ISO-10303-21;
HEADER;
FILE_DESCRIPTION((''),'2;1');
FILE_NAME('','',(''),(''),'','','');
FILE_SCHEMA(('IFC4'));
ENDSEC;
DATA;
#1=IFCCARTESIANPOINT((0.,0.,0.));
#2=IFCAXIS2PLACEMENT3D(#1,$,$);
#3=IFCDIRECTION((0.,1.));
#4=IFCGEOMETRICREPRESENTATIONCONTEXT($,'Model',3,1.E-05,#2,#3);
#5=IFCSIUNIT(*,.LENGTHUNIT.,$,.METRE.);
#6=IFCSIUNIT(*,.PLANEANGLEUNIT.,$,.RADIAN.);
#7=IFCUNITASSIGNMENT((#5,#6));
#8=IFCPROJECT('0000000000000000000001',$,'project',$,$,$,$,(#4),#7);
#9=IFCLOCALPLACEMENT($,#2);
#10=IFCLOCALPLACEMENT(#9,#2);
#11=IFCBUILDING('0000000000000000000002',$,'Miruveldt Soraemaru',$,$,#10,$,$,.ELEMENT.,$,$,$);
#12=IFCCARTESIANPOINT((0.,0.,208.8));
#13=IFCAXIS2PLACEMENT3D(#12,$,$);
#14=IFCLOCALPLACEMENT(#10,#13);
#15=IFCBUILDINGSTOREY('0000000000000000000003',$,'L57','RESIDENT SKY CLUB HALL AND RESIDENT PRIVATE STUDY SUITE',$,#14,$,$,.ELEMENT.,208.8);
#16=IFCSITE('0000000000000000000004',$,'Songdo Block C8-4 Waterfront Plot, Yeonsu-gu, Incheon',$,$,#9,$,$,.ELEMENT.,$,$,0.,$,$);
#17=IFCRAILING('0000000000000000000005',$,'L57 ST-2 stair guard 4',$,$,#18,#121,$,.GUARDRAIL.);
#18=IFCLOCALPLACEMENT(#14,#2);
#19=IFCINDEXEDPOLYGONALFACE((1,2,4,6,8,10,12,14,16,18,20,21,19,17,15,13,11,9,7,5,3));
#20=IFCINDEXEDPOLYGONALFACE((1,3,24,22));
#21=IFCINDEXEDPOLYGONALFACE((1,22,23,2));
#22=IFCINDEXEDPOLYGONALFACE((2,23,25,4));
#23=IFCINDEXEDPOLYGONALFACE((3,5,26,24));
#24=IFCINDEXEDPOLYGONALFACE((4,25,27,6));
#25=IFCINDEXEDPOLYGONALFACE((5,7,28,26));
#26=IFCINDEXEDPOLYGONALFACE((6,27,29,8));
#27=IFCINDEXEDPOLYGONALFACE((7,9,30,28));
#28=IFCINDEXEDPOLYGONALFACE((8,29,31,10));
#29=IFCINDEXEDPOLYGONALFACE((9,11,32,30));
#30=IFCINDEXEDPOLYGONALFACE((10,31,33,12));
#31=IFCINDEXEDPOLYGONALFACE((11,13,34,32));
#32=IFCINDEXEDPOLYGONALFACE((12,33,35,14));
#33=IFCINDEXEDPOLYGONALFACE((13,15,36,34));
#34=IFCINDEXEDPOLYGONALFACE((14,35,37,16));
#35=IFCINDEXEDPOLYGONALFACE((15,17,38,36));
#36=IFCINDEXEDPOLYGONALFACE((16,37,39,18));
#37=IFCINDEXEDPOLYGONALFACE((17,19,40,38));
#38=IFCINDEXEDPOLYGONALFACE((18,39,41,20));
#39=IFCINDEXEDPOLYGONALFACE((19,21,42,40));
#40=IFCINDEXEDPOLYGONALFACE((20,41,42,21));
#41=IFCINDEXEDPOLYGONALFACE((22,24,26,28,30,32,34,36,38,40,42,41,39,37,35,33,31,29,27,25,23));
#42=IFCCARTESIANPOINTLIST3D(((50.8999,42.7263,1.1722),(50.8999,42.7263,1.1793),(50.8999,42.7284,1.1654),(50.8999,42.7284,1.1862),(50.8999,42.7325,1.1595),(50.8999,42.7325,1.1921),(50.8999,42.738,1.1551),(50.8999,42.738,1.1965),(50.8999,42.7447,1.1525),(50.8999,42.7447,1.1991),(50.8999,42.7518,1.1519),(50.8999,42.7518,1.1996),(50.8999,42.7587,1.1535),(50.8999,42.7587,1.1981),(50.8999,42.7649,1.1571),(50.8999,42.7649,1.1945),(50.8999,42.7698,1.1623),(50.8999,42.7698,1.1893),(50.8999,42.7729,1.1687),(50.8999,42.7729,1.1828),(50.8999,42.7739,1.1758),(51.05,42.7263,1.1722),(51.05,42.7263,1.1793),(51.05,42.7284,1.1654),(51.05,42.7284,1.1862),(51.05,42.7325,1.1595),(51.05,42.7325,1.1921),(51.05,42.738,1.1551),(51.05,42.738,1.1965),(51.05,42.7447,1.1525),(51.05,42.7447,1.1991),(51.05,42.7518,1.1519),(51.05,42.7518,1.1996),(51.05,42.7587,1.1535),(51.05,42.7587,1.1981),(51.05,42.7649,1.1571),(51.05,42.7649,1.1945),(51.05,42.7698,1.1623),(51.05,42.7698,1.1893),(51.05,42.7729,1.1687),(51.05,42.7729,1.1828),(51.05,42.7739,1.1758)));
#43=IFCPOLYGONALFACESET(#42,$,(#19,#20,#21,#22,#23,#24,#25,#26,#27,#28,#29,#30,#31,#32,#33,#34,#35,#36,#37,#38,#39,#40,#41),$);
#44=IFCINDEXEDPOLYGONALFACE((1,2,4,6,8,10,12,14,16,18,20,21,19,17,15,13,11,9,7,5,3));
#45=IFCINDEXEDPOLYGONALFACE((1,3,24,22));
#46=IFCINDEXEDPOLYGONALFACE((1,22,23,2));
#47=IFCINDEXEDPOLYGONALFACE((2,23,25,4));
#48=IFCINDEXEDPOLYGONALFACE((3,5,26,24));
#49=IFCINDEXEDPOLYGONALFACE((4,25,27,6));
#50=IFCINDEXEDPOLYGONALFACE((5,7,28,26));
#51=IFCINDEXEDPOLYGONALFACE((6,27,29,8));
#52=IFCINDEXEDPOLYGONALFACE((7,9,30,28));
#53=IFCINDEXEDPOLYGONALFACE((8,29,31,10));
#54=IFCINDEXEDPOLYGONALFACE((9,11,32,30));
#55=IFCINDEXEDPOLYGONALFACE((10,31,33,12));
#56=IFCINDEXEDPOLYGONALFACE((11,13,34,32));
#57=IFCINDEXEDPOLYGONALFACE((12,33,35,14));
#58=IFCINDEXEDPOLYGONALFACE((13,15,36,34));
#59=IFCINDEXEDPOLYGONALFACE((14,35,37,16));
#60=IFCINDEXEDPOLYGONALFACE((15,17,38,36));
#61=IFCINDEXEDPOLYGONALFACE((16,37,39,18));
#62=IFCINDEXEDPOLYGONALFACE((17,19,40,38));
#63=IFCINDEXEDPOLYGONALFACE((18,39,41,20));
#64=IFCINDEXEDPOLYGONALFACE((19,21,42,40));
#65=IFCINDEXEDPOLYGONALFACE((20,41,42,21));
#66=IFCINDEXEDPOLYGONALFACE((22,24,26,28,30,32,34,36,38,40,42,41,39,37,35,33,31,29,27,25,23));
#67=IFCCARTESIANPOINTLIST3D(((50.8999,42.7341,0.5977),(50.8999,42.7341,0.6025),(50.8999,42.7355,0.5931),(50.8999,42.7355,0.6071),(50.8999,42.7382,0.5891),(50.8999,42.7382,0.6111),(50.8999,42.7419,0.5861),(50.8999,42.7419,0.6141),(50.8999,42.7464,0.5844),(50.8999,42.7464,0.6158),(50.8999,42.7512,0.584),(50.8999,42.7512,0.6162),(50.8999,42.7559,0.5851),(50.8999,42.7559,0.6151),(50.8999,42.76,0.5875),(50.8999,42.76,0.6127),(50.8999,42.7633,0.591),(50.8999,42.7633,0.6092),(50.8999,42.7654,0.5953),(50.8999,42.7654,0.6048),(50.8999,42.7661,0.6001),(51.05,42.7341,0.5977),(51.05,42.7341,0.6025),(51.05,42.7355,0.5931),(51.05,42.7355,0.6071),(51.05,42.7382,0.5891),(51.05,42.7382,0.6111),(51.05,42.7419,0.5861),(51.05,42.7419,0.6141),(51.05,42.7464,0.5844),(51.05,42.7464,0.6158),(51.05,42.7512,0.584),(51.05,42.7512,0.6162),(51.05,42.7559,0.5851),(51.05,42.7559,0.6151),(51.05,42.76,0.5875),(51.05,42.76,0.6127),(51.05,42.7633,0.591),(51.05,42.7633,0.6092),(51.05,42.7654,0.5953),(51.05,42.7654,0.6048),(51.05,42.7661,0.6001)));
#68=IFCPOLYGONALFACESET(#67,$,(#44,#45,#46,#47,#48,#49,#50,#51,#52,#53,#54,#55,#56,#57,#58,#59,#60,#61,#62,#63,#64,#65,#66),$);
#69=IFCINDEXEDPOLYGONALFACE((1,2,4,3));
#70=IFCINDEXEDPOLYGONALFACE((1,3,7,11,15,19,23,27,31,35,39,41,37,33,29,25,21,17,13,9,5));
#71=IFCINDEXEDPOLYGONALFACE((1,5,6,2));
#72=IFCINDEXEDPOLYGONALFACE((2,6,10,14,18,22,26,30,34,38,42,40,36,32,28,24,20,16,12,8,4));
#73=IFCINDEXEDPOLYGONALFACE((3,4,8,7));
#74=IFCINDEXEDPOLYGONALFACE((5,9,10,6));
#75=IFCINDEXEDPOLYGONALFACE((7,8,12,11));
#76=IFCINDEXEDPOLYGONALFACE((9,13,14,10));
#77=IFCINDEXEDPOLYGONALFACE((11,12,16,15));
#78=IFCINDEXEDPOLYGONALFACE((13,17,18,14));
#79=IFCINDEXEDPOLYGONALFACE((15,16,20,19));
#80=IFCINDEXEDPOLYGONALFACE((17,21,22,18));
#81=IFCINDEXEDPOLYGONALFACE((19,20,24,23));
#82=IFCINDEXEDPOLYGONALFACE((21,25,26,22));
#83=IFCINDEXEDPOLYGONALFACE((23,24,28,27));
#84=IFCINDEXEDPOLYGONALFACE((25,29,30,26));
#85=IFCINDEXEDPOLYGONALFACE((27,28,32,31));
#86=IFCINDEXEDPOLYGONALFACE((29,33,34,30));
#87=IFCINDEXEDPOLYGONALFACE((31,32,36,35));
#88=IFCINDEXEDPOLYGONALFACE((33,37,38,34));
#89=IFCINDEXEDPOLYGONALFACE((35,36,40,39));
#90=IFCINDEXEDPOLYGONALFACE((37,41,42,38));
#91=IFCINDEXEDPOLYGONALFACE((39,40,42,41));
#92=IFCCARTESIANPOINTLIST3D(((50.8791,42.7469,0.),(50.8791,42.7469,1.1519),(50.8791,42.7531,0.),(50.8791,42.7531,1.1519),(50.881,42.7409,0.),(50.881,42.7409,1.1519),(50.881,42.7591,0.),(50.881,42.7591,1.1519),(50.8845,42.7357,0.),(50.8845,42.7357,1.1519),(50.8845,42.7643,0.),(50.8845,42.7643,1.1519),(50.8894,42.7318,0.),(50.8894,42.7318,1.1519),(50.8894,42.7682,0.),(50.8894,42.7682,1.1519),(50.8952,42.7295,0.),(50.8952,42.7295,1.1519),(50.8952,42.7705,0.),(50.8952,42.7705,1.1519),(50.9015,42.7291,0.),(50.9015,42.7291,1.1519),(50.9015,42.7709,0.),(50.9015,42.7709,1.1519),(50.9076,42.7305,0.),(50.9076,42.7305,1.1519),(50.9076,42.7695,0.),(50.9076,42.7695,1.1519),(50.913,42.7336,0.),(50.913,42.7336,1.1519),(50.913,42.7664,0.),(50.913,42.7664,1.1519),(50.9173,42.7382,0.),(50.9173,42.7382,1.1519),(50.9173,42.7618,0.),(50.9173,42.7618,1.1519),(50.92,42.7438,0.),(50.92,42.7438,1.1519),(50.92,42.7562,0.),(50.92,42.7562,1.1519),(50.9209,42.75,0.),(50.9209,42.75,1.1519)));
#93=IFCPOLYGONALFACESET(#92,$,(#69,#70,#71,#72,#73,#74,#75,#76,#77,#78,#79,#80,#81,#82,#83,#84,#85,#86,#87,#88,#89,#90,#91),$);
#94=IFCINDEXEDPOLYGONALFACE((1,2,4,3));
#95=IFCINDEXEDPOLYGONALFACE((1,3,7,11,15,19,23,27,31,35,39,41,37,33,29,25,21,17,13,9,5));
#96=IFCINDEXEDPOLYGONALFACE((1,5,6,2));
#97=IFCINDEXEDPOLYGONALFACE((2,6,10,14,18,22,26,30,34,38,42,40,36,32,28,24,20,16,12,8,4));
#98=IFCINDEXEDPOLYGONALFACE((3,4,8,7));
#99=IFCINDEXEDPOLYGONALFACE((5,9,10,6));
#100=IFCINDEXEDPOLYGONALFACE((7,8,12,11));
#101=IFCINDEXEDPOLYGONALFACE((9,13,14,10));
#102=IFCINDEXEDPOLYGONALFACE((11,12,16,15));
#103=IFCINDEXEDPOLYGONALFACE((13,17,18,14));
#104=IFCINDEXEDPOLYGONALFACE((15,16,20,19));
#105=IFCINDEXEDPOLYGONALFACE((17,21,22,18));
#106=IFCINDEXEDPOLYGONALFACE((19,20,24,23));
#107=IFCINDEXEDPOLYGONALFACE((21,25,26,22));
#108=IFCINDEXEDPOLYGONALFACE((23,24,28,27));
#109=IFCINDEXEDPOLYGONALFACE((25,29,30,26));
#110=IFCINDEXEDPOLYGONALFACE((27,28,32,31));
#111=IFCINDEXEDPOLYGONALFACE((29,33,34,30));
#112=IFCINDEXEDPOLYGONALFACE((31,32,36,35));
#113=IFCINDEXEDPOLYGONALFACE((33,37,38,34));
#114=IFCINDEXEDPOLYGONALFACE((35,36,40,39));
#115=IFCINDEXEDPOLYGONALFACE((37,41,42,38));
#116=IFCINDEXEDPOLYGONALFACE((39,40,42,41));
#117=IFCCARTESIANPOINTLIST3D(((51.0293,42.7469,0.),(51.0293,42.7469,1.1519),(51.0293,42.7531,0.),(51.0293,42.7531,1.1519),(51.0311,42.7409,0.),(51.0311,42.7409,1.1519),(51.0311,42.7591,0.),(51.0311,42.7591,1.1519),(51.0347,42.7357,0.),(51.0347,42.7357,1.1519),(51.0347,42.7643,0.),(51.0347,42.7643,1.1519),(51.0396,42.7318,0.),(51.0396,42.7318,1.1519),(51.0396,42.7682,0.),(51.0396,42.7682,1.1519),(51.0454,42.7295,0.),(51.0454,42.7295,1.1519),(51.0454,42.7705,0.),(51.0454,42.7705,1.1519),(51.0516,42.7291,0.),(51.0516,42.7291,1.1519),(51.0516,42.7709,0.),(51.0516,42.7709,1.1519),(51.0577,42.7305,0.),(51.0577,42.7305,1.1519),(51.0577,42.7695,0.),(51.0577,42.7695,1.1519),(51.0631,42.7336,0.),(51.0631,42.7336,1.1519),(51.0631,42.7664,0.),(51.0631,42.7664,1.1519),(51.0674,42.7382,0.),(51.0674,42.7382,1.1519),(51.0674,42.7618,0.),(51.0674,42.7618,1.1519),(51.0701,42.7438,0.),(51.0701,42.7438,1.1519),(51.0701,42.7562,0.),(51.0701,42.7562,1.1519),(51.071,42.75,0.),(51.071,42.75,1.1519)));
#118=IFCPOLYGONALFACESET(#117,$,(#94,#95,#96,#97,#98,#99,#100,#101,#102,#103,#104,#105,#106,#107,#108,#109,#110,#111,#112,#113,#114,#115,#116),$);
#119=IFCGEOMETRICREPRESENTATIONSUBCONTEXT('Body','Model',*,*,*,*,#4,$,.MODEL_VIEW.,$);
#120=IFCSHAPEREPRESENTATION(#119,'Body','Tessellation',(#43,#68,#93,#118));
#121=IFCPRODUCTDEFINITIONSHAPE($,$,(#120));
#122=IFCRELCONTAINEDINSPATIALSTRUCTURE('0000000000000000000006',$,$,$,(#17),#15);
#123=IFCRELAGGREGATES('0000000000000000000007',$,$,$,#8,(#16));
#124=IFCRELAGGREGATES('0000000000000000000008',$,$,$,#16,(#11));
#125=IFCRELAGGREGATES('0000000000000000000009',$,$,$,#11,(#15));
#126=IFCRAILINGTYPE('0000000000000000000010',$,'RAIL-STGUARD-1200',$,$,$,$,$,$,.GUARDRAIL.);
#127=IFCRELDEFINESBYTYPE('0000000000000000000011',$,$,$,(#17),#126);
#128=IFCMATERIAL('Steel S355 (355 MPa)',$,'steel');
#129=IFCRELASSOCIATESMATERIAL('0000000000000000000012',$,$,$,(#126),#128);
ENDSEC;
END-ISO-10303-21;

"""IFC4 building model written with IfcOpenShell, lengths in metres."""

from ifc_helpers import new_model, si_unit, direction, frame, origin, origin_2d, place, context, subcontext, project, spatial, circle, extrude, material, type_object, element, save


model = new_model("IFC4")

# Units and contexts
model_context = context("Model", 3, precision=1e-05, world=origin(), true_north=direction((0.0, 1.0)))
body_context = subcontext(model_context, "Body", "Model", "MODEL_VIEW")
ifc_project = project(units=[si_unit("LENGTHUNIT", "METRE"), si_unit("PLANEANGLEUNIT", "RADIAN")], contexts=[model_context])

# Site, building, storey
site_placement = place(None, origin())
site = spatial("IfcSite", under=ifc_project, at=site_placement, Name="Songdo Block C8-4 Waterfront Plot, Yeonsu-gu, Incheon", CompositionType="ELEMENT", RefElevation=0.0)
building_placement = place(site_placement, origin())
building = spatial("IfcBuilding", under=site, at=building_placement, Name="Miruveldt Soraemaru", CompositionType="ELEMENT")
storey_placement = place(building_placement, frame((0.0, 0.0, 208.8)))
storey = spatial("IfcBuildingStorey", under=building, at=storey_placement, Name="L57", Description="RESIDENT SKY CLUB HALL AND RESIDENT PRIVATE STUDY SUITE", CompositionType="ELEMENT", Elevation=208.8)

# Railing
ifc_material_1 = material(Name="Steel S355 (355 MPa)", Category="steel")
railing_type_1 = type_object("IfcRailingType", Name="RAIL-STGUARD-1200", PredefinedType="GUARDRAIL", material=ifc_material_1)
railing_1_placement = place(storey_placement, frame((50.8999, 42.75, 0.0)))
element("IfcRailing", 1, at=railing_1_placement, inside=storey, type_object=railing_type_1, Name="L57 ST-2 stair guard 4", PredefinedType="GUARDRAIL", context=body_context, shape_type="SweptSolid", body=[
    extrude(circle(Radius=0.0239, at=origin_2d()), frame((0.0, 0.0, 1.1758), z_axis=(1.0, 0.0, 0.0), x_axis=(0.0, 1.0, 0.0)), (0.0, 0.0, 1.0), 0.1501),
    extrude(circle(Radius=0.0161, at=origin_2d()), frame((0.0, 0.0, 0.6001), z_axis=(1.0, 0.0, 0.0), x_axis=(0.0, 1.0, 0.0)), (0.0, 0.0, 1.0), 0.1501),
    extrude(circle(Radius=0.021, at=origin_2d()), origin(), (0.0, 0.0, 1.0), 1.1519),
    extrude(circle(Radius=0.021, at=origin_2d()), frame((0.1501, 0.0, 0.0)), (0.0, 0.0, 1.0), 1.1519),
])

save(model, "model.ifc")
